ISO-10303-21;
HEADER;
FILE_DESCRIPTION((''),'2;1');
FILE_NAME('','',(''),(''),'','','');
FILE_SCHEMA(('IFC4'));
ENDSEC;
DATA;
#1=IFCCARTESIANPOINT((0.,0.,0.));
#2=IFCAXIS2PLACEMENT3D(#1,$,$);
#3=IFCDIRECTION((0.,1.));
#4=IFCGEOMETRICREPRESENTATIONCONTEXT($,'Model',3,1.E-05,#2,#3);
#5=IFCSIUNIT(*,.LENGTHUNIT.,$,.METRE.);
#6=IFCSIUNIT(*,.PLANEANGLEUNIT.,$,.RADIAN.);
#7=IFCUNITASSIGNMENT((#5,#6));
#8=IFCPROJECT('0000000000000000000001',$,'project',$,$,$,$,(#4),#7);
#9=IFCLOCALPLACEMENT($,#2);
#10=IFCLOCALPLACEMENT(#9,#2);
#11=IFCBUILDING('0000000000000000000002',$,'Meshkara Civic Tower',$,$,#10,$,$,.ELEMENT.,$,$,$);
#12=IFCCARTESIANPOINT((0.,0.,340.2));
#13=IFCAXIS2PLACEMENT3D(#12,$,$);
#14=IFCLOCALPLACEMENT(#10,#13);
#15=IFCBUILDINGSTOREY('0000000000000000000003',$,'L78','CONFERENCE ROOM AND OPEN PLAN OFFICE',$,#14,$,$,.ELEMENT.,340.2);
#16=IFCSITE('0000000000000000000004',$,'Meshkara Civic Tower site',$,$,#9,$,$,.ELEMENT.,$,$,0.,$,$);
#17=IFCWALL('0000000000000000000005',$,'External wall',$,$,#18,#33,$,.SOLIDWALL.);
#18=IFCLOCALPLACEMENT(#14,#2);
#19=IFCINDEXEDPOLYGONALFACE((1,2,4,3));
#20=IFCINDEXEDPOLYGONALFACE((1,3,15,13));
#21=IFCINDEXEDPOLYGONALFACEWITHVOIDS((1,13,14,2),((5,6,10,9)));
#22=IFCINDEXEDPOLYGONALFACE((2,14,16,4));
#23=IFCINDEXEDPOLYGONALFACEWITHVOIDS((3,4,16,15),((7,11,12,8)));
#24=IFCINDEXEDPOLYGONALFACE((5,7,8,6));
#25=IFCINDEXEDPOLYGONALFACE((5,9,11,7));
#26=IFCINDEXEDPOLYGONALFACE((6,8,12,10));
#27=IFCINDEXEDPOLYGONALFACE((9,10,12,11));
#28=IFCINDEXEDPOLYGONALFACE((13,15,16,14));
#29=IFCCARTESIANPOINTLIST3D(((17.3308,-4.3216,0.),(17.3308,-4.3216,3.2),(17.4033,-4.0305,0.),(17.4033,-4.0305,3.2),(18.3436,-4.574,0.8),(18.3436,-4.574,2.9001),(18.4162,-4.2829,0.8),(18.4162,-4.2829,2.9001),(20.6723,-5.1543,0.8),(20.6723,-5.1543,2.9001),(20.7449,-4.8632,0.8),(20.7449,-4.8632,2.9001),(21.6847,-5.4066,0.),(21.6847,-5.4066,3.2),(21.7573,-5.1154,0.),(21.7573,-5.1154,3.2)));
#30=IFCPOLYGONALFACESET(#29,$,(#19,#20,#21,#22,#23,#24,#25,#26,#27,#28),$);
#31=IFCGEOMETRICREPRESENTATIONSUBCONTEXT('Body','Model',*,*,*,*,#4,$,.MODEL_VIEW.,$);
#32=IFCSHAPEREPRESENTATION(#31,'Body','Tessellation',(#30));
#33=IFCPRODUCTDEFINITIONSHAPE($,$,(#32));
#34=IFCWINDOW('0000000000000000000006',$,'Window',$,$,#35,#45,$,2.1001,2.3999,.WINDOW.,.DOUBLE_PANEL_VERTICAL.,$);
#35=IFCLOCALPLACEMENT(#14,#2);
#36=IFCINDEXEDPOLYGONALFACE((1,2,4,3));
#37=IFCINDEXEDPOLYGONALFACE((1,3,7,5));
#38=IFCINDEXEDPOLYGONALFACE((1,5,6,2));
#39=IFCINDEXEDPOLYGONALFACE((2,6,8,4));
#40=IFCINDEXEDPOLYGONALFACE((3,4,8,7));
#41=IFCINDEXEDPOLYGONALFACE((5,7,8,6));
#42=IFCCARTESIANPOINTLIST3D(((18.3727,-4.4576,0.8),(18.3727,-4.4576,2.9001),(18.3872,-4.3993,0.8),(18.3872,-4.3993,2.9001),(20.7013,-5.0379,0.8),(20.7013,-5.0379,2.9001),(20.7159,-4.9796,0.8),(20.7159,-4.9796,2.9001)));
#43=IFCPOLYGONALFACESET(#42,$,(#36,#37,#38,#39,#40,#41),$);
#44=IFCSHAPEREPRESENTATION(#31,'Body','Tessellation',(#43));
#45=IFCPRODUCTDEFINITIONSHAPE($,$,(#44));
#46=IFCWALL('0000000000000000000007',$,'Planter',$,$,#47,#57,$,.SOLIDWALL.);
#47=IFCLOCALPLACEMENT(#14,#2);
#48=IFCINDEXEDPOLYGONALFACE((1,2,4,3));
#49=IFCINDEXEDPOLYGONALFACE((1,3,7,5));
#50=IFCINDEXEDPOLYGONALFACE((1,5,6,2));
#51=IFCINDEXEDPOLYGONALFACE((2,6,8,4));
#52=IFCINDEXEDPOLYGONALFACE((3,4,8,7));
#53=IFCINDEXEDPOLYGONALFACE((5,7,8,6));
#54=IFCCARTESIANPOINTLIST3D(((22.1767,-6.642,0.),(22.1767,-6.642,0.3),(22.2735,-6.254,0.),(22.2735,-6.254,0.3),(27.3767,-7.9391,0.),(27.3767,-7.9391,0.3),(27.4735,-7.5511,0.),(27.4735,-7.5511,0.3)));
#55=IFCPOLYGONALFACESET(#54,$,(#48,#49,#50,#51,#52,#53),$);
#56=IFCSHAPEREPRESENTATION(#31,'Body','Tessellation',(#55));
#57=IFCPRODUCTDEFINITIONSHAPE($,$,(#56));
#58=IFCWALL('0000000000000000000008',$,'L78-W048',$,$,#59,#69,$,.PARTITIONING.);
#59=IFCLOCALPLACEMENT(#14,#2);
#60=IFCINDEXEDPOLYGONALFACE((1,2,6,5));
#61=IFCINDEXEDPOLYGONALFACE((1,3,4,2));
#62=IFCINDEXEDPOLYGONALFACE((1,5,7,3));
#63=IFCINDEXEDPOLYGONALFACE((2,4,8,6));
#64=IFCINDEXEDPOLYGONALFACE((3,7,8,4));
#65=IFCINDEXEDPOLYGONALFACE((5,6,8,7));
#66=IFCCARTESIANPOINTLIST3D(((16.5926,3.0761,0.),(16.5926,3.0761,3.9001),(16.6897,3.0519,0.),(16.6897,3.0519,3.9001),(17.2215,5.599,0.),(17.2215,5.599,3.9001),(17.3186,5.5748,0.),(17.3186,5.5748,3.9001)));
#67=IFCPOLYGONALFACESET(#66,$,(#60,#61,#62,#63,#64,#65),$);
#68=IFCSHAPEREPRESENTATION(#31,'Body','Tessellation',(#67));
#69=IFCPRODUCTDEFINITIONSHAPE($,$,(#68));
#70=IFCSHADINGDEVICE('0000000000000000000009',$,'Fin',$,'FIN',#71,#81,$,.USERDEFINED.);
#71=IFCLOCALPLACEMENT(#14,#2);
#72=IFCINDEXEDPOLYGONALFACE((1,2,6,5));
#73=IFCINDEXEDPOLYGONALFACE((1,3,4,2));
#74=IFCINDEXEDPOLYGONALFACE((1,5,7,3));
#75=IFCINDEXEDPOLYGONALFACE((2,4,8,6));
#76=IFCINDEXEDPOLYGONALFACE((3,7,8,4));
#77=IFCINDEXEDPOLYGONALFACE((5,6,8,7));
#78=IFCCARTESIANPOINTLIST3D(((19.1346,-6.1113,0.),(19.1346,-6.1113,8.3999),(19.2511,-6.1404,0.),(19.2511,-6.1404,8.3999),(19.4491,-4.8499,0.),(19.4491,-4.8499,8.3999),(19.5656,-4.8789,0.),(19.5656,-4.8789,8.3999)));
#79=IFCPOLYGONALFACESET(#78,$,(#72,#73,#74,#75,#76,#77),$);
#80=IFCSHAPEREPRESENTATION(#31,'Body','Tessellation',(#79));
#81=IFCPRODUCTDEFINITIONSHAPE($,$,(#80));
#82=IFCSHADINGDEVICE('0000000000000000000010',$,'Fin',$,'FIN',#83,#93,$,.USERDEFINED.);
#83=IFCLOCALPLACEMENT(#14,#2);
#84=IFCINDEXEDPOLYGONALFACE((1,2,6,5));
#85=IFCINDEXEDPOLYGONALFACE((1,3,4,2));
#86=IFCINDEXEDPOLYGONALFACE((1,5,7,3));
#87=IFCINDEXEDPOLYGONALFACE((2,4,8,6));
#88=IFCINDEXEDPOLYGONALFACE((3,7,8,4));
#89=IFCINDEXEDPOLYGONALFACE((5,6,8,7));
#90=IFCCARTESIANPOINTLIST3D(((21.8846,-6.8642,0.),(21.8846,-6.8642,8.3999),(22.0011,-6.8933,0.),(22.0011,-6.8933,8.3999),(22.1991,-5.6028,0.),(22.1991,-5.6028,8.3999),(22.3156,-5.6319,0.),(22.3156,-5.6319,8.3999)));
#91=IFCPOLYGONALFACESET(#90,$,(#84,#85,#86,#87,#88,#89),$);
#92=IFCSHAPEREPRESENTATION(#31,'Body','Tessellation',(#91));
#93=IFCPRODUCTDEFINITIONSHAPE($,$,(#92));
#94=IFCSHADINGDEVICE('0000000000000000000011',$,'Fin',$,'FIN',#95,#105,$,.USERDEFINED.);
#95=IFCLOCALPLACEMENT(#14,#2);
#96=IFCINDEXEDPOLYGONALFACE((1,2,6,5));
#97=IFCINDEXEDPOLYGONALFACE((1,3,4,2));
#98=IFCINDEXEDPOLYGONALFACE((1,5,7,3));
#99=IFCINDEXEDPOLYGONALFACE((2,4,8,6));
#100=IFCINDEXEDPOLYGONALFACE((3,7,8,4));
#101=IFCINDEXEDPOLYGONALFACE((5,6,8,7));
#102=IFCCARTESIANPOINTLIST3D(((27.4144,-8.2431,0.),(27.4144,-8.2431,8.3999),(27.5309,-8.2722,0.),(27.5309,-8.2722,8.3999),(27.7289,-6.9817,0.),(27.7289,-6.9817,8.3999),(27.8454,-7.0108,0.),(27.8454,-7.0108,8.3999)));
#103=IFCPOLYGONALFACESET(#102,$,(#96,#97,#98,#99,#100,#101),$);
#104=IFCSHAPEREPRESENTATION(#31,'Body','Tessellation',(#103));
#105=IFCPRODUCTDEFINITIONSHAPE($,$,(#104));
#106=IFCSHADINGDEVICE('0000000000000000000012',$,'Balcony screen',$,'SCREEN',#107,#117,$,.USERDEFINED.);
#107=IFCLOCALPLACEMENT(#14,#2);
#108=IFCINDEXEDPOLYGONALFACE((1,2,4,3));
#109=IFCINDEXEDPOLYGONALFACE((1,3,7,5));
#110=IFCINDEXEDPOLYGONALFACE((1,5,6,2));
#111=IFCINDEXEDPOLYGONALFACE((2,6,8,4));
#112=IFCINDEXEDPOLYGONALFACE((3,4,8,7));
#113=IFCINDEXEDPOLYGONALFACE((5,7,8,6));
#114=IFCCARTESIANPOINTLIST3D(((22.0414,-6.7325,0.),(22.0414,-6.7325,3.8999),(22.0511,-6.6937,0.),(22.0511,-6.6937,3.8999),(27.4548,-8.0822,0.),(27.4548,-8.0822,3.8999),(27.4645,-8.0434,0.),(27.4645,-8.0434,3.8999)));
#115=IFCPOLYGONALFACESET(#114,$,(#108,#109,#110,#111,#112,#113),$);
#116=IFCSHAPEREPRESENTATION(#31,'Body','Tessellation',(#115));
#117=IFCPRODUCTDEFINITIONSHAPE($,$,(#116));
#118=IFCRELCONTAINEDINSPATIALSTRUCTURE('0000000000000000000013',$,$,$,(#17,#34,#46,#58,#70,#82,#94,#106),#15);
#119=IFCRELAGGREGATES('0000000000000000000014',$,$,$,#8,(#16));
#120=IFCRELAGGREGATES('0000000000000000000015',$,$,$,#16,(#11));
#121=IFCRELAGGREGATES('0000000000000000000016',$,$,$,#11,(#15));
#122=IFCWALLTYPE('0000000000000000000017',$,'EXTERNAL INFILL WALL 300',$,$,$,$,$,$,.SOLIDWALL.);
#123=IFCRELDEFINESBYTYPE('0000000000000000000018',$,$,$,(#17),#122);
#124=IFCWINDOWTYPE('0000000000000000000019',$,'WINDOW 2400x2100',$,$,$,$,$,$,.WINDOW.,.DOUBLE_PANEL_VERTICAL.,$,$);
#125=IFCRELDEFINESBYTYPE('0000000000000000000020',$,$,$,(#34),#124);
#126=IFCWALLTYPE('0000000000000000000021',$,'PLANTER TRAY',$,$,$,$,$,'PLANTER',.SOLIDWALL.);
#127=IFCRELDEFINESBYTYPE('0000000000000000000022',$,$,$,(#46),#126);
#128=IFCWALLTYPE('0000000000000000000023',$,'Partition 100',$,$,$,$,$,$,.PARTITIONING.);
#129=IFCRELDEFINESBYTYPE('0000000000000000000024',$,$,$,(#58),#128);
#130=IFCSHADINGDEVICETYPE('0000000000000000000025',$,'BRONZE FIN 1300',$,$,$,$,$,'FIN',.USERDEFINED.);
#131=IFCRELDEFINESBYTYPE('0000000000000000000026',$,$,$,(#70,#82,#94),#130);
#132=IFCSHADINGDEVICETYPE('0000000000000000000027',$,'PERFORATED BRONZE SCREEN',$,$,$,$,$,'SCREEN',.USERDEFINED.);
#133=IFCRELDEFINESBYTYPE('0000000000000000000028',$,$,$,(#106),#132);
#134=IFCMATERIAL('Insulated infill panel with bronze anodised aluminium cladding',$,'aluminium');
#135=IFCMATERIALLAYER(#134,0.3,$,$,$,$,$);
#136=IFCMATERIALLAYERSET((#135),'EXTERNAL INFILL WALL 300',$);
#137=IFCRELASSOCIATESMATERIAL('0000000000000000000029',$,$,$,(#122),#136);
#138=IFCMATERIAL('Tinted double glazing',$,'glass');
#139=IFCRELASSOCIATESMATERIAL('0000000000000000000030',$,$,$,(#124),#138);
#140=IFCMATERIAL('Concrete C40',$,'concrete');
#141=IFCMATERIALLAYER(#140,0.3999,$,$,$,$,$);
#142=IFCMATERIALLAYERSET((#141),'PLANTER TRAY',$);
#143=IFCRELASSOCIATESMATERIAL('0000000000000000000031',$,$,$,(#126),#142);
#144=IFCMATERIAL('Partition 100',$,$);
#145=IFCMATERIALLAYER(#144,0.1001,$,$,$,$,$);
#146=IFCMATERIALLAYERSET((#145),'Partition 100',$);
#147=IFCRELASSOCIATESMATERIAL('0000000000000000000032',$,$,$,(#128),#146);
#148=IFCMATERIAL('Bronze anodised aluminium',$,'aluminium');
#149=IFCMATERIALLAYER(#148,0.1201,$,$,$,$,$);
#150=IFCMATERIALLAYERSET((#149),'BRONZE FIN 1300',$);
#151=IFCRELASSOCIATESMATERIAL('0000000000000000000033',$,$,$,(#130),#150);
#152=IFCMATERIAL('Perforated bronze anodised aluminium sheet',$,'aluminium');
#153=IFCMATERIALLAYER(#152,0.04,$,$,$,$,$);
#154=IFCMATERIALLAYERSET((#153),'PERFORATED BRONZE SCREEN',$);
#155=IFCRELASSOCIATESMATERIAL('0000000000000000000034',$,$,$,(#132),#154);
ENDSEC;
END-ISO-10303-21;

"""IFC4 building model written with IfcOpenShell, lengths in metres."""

from ifc_helpers import new_model, si_unit, direction, frame, frame_2d, origin, origin_2d, place, context, subcontext, project, spatial, rectangle, extrude, material, layer, layer_set, type_object, element, fill, save


model = new_model("IFC4")

# Units and contexts
model_context = context("Model", 3, precision=1e-05, world=origin(), true_north=direction((0.0, 1.0)))
body_context = subcontext(model_context, "Body", "Model", "MODEL_VIEW")
ifc_project = project(units=[si_unit("LENGTHUNIT", "METRE"), si_unit("PLANEANGLEUNIT", "RADIAN")], contexts=[model_context])

# Site, building, storey
site_placement = place(None, origin())
site = spatial("IfcSite", under=ifc_project, at=site_placement, Name="Meshkara Civic Tower site", CompositionType="ELEMENT", RefElevation=0.0)
building_placement = place(site_placement, origin())
building = spatial("IfcBuilding", under=site, at=building_placement, Name="Meshkara Civic Tower", CompositionType="ELEMENT")
storey_placement = place(building_placement, frame((0.0, 0.0, 340.2)))
storey = spatial("IfcBuildingStorey", under=building, at=storey_placement, Name="L78", Description="CONFERENCE ROOM AND OPEN PLAN OFFICE", CompositionType="ELEMENT", Elevation=340.2)

# Wall, opening, window
ifc_material_1 = material(Name="Insulated infill panel with bronze anodised aluminium cladding", Category="aluminium")
ifc_layer_1 = layer(ifc_material_1, 0.3)
ifc_layer_set_1 = layer_set([ifc_layer_1], Name="EXTERNAL INFILL WALL 300")
wall_type_1 = type_object("IfcWallType", Name="EXTERNAL INFILL WALL 300", PredefinedType="SOLIDWALL", material=ifc_layer_set_1)
wall_1_placement = place(storey_placement, frame((17.3669, -4.176, 0.0), z_axis=(0.0, 0.0, 1.0), x_axis=(0.970328, -0.241793, 0.0)))
wall_1 = element("IfcWall", 1, at=wall_1_placement, inside=storey, type_object=wall_type_1, Name="External wall", PredefinedType="SOLIDWALL", context=body_context, shape_type="SweptSolid", body=[
    extrude(rectangle(XDim=4.4871, YDim=0.3, at=frame_2d((2.2437, 0.0))), origin(), (0.0, 0.0, 1.0), 3.2),
])
opening_1_placement = place(wall_1_placement, frame((1.0439, 0.0, 0.8)))
opening_1 = element("IfcOpeningElement", 2, at=opening_1_placement, cuts=wall_1, PredefinedType="OPENING", context=body_context, shape_type="SweptSolid", body=[
    extrude(rectangle(XDim=2.3999, YDim=2.1001, at=frame_2d((1.2, 1.05))), frame((0.0, 0.1599, 0.0), z_axis=(0.0, -1.0, 0.0), x_axis=(1.0, 0.0, 0.0)), (0.0, 0.0, 1.0), 0.3201),
])
ifc_material_2 = material(Name="Tinted double glazing", Category="glass")
window_type = type_object("IfcWindowType", Name="WINDOW 2400x2100", PartitioningType="DOUBLE_PANEL_VERTICAL", PredefinedType="WINDOW", material=ifc_material_2)
window_placement = place(opening_1_placement, origin())
window = element("IfcWindow", 3, at=window_placement, inside=storey, type_object=window_type, Name="Window", OverallHeight=2.1001, OverallWidth=2.3999, PartitioningType="DOUBLE_PANEL_VERTICAL", PredefinedType="WINDOW", context=body_context, shape_type="SweptSolid", body=[
    extrude(rectangle(XDim=2.3999, YDim=2.1001, at=frame_2d((1.2, 1.05))), frame((0.0, 0.03, 0.0), z_axis=(0.0, -1.0, 0.0), x_axis=(1.0, 0.0, 0.0)), (0.0, 0.0, 1.0), 0.0601),
])
fill(opening_1, window)

# Walls
ifc_material_3 = material(Name="Concrete C40", Category="concrete")
ifc_layer_2 = layer(ifc_material_3, 0.3999)
ifc_layer_set_2 = layer_set([ifc_layer_2], Name="PLANTER TRAY")
wall_type_2 = type_object("IfcWallType", Name="PLANTER TRAY", ElementType="PLANTER", PredefinedType="SOLIDWALL", material=ifc_layer_set_2)
wall_2_placement = place(storey_placement, frame((22.2251, -6.448, 0.0), z_axis=(0.0, 0.0, 1.0), x_axis=(0.970268, -0.242032, 0.0)))
element("IfcWall", 4, at=wall_2_placement, inside=storey, type_object=wall_type_2, Name="Planter", PredefinedType="SOLIDWALL", context=body_context, shape_type="SweptSolid", body=[
    extrude(rectangle(XDim=5.3594, YDim=0.3999, at=frame_2d((2.6797, 0.0))), origin(), (0.0, 0.0, 1.0), 0.3),
])
ifc_material_4 = material(Name="Partition 100")
ifc_layer_3 = layer(ifc_material_4, 0.1001)
ifc_layer_set_3 = layer_set([ifc_layer_3], Name="Partition 100")
wall_type_3 = type_object("IfcWallType", Name="Partition 100", PredefinedType="PARTITIONING", material=ifc_layer_set_3)
wall_3_placement = place(storey_placement, frame((17.27, 5.5869, 0.0), z_axis=(0.0, 0.0, 1.0), x_axis=(-0.241873, -0.970308, 0.0)))
element("IfcWall", 5, at=wall_3_placement, inside=storey, type_object=wall_type_3, Name="L78-W048", PredefinedType="PARTITIONING", context=body_context, shape_type="SweptSolid", body=[
    extrude(rectangle(XDim=2.6001, YDim=0.1001, at=frame_2d((1.3, 0.0))), origin(), (0.0, 0.0, 1.0), 3.9001),
])

# Shading devices
ifc_material_5 = material(Name="Bronze anodised aluminium", Category="aluminium")
ifc_layer_4 = layer(ifc_material_5, 0.1201)
ifc_layer_set_4 = layer_set([ifc_layer_4], Name="BRONZE FIN 1300")
shading_device_type_1 = type_object("IfcShadingDeviceType", Name="BRONZE FIN 1300", ElementType="FIN", PredefinedType="USERDEFINED", material=ifc_layer_set_4)
for number, where, z_axis, x_axis, name in (
    (6, (19.3501, -5.4951, 0.0), (0.0, 0.0, 1.0), (0.970296, -0.241922, 0.0), "Fin"),
    (7, (22.1001, -6.248, 0.0), (0.0, 0.0, 1.0), (0.970296, -0.241922, 0.0), "Fin"),
    (8, (27.6299, -7.627, 0.0), (0.0, 0.0, 1.0), (0.970296, -0.241922, 0.0), "Fin"),
):
    element("IfcShadingDevice", number, at=place(storey_placement, frame(where, z_axis=z_axis, x_axis=x_axis)), inside=storey, type_object=shading_device_type_1, Name=name, ObjectType="FIN", PredefinedType="USERDEFINED", context=body_context, shape_type="SweptSolid", body=[
        extrude(rectangle(XDim=0.1201, YDim=1.3, at=origin_2d()), origin(), (0.0, 0.0, 1.0), 8.3999),
    ])
ifc_material_6 = material(Name="Perforated bronze anodised aluminium sheet", Category="aluminium")
ifc_layer_5 = layer(ifc_material_6, 0.04)
ifc_layer_set_5 = layer_set([ifc_layer_5], Name="PERFORATED BRONZE SCREEN")
shading_device_type_2 = type_object("IfcShadingDeviceType", Name="PERFORATED BRONZE SCREEN", ElementType="SCREEN", PredefinedType="USERDEFINED", material=ifc_layer_set_5)
shading_device_placement = place(storey_placement, frame((24.7529, -7.3879, 0.0), z_axis=(0.0, 0.0, 1.0), x_axis=(0.970296, -0.241922, 0.0)))
element("IfcShadingDevice", 9, at=shading_device_placement, inside=storey, type_object=shading_device_type_2, Name="Balcony screen", ObjectType="SCREEN", PredefinedType="USERDEFINED", context=body_context, shape_type="SweptSolid", body=[
    extrude(rectangle(XDim=5.5791, YDim=0.04, at=origin_2d()), origin(), (0.0, 0.0, 1.0), 3.8999),
])

save(model, "model.ifc")
